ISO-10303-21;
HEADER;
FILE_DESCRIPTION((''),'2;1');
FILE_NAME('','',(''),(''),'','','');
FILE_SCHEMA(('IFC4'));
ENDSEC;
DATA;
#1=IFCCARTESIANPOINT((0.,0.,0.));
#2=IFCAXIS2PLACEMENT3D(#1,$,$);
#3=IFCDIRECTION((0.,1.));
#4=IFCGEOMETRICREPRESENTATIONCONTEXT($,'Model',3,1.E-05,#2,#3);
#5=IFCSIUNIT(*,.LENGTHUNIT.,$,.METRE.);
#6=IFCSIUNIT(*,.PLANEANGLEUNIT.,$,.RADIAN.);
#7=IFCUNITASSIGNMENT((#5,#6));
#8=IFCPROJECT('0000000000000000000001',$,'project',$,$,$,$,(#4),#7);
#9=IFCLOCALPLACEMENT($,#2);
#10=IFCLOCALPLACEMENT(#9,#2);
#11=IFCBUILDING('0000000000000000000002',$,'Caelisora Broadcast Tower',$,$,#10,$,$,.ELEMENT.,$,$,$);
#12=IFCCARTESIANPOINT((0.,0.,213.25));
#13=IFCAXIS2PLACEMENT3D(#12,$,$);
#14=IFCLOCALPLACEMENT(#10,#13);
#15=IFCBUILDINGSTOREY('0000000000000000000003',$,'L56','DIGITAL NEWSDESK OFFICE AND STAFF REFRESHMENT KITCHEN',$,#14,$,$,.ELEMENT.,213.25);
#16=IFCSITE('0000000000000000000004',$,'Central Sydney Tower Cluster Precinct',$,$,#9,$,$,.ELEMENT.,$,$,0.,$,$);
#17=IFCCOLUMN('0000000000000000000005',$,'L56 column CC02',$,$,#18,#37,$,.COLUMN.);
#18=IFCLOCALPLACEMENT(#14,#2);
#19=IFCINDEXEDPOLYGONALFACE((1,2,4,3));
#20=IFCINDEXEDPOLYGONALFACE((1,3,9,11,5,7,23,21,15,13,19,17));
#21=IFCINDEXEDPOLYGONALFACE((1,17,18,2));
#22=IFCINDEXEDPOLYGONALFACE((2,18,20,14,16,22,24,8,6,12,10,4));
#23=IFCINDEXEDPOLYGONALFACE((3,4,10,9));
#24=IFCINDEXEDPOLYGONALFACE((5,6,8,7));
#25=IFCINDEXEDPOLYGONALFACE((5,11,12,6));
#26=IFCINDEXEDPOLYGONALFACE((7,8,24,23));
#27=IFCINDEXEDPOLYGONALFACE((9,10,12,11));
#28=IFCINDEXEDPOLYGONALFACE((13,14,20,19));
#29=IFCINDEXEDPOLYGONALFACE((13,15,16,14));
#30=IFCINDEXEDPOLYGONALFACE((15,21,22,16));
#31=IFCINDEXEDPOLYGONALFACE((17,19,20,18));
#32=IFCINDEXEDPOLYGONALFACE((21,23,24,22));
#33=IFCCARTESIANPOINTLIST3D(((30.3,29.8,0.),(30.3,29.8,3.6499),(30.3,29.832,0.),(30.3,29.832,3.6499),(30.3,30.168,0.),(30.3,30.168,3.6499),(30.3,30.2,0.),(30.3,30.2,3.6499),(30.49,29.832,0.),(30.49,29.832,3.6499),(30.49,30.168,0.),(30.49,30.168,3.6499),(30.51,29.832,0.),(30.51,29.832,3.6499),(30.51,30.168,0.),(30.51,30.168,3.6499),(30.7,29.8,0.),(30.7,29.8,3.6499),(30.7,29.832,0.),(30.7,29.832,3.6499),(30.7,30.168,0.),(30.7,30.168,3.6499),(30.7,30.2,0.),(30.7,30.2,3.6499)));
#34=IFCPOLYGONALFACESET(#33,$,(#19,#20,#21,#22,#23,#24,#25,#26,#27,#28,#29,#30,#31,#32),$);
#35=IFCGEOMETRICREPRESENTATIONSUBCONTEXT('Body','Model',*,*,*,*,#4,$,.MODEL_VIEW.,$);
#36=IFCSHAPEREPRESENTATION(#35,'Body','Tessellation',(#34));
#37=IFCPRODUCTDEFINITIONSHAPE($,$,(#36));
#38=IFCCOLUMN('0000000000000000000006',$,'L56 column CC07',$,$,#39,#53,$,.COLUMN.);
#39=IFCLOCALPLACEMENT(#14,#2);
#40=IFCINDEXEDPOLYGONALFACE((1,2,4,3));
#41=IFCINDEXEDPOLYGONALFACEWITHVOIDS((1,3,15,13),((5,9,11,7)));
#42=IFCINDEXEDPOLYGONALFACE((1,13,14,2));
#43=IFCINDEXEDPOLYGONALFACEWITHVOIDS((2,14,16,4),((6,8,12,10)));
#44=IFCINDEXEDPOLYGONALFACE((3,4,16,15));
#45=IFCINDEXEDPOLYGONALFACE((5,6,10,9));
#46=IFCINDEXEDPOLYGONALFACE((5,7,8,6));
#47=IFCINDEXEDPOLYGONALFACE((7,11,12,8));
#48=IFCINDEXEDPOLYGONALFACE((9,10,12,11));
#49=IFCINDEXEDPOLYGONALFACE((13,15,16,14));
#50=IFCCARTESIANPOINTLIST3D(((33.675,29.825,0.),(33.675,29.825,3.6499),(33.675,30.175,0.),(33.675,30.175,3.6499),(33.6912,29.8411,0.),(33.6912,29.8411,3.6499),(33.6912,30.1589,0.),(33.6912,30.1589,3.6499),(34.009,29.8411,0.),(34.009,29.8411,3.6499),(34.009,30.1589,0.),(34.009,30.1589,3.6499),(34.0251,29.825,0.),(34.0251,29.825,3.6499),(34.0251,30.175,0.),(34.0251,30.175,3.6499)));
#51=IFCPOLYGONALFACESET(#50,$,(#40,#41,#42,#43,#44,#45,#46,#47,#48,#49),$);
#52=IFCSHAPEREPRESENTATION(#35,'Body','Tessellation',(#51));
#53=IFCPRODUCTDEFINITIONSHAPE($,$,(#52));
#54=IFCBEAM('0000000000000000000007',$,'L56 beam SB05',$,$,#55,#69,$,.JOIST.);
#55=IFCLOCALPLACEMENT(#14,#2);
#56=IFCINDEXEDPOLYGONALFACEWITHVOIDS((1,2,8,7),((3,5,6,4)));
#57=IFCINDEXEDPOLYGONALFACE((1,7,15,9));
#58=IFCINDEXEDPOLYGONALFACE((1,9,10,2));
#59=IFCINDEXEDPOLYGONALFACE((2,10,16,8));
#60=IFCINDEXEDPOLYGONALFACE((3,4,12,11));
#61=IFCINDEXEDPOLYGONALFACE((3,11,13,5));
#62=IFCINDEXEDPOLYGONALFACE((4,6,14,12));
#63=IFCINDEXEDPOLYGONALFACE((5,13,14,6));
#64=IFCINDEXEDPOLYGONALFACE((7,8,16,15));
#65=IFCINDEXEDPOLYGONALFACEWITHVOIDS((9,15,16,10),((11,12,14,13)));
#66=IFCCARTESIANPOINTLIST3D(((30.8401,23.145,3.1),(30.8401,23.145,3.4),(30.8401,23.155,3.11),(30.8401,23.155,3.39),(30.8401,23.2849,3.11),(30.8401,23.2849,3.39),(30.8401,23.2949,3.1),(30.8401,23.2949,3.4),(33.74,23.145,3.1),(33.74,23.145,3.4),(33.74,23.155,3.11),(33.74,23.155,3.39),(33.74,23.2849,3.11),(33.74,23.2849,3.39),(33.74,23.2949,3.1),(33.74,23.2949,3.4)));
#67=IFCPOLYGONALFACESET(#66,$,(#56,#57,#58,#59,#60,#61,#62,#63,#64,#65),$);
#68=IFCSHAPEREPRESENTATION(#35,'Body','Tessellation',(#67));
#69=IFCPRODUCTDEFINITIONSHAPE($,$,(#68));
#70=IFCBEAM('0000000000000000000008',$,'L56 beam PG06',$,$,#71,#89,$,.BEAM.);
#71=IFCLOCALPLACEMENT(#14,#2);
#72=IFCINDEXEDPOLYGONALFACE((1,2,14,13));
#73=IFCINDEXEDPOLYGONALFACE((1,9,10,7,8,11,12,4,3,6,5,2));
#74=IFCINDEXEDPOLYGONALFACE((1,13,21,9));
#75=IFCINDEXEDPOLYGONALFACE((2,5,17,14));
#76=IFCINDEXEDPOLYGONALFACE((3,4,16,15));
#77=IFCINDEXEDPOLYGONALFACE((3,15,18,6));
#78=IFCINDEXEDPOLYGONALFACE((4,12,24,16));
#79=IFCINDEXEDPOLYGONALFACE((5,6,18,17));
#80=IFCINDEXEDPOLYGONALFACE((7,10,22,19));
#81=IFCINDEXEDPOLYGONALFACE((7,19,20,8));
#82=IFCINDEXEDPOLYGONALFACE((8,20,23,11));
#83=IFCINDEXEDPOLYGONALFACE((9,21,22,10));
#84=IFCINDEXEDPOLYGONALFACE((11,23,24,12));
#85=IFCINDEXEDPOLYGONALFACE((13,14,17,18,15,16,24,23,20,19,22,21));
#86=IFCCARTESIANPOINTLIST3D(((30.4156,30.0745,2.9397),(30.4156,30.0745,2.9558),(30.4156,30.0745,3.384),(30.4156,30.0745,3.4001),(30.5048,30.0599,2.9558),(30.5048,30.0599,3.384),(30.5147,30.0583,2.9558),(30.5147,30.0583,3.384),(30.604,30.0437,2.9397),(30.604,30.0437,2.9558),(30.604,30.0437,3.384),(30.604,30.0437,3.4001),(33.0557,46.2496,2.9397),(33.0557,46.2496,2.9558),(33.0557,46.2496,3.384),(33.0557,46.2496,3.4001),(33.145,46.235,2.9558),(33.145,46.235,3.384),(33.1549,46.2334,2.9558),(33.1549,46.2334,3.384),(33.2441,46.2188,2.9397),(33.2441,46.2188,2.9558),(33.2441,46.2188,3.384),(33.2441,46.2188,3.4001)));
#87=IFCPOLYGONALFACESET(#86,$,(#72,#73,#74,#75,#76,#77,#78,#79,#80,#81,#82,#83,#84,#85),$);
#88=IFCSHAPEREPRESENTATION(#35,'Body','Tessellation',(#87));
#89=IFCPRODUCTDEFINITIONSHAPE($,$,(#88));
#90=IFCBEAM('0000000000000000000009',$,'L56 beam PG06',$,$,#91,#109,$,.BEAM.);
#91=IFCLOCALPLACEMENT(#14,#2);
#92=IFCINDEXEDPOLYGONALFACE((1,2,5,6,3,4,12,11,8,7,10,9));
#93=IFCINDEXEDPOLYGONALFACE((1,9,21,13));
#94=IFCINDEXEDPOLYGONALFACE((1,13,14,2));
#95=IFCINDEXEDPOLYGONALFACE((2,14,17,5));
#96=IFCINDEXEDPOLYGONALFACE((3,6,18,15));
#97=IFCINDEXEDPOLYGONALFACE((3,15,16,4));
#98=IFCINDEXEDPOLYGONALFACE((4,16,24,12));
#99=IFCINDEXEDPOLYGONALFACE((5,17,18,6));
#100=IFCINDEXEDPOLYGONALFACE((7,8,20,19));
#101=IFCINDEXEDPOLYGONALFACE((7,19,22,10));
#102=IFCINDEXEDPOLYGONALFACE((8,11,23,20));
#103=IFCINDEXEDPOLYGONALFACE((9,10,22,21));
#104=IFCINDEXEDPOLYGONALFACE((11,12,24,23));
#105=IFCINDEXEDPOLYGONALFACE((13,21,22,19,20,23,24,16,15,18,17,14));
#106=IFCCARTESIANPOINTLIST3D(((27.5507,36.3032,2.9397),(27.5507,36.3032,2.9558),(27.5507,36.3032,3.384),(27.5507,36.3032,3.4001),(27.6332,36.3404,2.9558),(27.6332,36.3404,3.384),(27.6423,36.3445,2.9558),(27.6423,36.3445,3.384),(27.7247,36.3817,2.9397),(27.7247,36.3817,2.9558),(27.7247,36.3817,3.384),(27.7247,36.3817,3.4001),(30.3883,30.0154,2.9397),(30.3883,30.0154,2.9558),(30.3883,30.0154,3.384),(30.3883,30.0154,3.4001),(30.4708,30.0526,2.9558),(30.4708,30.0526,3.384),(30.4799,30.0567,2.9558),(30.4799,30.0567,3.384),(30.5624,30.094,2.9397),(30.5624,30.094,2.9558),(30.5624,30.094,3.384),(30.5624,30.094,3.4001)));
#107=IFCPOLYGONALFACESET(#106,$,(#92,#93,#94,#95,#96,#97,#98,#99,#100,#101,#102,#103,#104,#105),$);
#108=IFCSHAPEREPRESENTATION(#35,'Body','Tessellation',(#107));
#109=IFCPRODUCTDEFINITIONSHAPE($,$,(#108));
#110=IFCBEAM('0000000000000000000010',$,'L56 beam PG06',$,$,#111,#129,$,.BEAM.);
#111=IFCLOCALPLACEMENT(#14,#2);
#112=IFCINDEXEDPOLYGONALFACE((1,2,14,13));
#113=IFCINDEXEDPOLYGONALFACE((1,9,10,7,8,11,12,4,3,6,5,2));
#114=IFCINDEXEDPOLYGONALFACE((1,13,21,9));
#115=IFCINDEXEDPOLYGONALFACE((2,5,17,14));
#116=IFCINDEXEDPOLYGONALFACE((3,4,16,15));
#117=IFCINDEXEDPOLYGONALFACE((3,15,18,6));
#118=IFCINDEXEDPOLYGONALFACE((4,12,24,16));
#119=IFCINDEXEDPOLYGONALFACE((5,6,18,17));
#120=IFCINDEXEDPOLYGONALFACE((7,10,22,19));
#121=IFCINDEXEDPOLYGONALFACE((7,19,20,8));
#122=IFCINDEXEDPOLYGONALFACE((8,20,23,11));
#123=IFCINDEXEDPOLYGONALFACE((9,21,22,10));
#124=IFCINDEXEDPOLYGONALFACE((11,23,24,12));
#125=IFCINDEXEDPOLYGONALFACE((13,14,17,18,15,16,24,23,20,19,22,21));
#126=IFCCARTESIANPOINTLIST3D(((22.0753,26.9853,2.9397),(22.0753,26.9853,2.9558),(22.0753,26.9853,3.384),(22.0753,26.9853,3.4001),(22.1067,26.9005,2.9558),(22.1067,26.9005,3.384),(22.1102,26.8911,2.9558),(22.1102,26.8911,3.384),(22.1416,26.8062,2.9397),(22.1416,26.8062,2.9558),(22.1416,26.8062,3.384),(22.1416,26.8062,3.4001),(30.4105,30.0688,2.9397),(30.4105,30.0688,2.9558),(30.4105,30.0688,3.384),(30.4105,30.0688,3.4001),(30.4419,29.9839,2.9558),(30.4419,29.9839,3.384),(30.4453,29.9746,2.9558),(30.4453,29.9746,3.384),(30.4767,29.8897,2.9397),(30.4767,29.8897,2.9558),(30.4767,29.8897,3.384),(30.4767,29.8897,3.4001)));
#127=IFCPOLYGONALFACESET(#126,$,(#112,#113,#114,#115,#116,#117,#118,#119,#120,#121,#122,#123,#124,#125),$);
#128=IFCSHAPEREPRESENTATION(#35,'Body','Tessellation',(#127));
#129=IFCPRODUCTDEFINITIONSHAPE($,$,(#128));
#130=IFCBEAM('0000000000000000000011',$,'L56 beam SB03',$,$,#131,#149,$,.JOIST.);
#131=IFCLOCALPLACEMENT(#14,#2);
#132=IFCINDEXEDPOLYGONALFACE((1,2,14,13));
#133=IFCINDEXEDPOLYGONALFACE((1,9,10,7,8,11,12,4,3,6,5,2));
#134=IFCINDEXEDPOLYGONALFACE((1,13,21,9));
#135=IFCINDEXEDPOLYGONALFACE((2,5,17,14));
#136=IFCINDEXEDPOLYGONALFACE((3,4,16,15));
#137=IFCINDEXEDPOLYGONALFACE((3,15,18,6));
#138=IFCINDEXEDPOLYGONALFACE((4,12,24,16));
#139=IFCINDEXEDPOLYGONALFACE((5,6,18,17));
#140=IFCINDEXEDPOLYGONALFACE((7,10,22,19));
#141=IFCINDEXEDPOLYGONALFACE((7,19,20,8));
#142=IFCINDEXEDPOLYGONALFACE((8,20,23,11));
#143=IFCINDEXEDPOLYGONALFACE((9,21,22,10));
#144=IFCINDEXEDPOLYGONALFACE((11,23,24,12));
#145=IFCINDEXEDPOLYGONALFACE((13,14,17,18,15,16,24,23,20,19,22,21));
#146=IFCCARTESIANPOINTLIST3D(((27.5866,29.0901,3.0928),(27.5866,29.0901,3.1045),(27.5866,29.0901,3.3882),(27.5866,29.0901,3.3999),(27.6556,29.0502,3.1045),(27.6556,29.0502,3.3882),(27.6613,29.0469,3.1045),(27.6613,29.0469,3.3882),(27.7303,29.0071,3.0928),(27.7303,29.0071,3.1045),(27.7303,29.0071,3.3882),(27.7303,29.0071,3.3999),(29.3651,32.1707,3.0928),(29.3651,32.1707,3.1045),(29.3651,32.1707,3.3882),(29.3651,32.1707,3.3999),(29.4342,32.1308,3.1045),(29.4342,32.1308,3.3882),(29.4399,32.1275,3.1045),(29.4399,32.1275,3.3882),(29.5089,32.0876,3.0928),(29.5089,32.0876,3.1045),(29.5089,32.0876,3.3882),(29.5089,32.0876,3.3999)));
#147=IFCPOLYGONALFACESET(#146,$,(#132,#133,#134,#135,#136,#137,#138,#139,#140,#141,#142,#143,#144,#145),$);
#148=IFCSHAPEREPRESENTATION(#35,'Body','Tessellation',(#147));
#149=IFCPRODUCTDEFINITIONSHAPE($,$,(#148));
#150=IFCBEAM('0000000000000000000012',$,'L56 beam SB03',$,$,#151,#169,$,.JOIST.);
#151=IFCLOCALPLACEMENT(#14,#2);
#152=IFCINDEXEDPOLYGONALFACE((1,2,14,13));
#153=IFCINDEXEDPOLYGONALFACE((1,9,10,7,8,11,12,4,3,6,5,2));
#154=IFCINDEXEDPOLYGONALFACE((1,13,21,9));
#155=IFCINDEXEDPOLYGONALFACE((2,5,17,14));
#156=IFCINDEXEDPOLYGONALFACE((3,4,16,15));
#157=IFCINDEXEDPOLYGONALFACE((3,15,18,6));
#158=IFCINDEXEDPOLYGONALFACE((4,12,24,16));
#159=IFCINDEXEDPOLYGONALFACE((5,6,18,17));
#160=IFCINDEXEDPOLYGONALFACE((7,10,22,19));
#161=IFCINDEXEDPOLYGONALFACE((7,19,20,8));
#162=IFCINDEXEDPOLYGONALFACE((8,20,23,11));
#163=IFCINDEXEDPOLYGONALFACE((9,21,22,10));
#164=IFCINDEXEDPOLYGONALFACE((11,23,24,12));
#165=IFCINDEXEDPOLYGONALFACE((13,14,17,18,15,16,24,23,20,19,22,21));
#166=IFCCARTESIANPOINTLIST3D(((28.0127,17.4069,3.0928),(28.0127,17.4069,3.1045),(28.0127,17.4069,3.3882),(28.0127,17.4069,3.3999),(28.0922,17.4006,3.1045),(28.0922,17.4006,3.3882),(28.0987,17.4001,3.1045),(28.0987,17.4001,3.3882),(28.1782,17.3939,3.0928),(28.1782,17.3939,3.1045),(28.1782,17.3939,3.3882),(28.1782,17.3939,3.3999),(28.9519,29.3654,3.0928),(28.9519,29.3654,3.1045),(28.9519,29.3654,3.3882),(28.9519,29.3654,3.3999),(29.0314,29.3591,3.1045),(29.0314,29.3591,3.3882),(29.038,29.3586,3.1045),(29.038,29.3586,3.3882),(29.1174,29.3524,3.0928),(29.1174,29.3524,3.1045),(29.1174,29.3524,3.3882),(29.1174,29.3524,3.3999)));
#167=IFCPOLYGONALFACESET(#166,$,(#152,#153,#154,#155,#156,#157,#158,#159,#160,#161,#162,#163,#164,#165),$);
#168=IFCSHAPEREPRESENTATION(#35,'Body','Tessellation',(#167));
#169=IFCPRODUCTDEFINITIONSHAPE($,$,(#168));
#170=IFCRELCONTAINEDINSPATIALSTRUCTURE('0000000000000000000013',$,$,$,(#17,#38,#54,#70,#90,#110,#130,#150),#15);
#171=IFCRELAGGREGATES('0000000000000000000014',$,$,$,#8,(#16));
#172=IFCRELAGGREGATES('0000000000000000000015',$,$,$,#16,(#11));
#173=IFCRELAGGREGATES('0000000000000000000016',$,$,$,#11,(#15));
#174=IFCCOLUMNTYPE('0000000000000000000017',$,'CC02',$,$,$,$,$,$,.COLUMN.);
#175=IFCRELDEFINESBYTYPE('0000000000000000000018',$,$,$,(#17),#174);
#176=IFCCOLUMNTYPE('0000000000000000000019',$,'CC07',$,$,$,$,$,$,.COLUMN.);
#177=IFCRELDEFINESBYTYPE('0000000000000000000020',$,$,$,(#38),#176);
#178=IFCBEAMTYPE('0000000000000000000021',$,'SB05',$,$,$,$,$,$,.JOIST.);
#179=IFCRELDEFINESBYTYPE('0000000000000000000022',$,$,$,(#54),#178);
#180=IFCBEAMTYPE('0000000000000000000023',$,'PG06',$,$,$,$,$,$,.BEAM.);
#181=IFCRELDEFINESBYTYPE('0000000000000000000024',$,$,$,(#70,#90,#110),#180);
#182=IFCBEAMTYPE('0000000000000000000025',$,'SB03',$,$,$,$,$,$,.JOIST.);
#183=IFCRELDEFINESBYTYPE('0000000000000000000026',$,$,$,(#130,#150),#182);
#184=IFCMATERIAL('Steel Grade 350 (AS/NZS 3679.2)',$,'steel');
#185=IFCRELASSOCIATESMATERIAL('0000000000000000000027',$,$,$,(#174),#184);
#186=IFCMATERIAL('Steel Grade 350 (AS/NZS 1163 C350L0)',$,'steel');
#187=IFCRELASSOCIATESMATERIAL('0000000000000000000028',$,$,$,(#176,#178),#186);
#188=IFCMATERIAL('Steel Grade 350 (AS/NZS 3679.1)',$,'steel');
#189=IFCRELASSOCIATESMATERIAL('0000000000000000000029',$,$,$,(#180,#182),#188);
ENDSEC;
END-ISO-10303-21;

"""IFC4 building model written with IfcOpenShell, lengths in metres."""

from ifc_helpers import new_model, si_unit, direction, frame, origin, origin_2d, place, context, subcontext, project, spatial, hollow_rectangle, i_section, extrude, source, transform, mapped, material, material_profile, profile_set, type_object, type_shapes, element, save


model = new_model("IFC4")

# Units and contexts
model_context = context("Model", 3, precision=1e-05, world=origin(), true_north=direction((0.0, 1.0)))
body_context = subcontext(model_context, "Body", "Model", "MODEL_VIEW")
ifc_project = project(units=[si_unit("LENGTHUNIT", "METRE"), si_unit("PLANEANGLEUNIT", "RADIAN")], contexts=[model_context])

# Site, building, storey
site_placement = place(None, origin())
site = spatial("IfcSite", under=ifc_project, at=site_placement, Name="Central Sydney Tower Cluster Precinct", CompositionType="ELEMENT", RefElevation=0.0)
building_placement = place(site_placement, origin())
building = spatial("IfcBuilding", under=site, at=building_placement, Name="Caelisora Broadcast Tower", CompositionType="ELEMENT")
storey_placement = place(building_placement, frame((0.0, 0.0, 213.25)))
storey = spatial("IfcBuildingStorey", under=building, at=storey_placement, Name="L56", Description="DIGITAL NEWSDESK OFFICE AND STAFF REFRESHMENT KITCHEN", CompositionType="ELEMENT", Elevation=213.25)

# Columns
ifc_material_1 = material(Name="Steel Grade 350 (AS/NZS 3679.2)", Category="steel")
ifc_material_profile_1 = material_profile(ifc_material_1, i_section(OverallWidth=0.3999, OverallDepth=0.3999, WebThickness=0.02, FlangeThickness=0.032, at=origin_2d()), Name="Steel Grade 350 (AS/NZS 3679.2)")
ifc_profile_set_1 = profile_set([ifc_material_profile_1], Name="Steel Grade 350 (AS/NZS 3679.2)")
column_type_1 = type_object("IfcColumnType", Name="CC02", PredefinedType="COLUMN", material=ifc_profile_set_1)
shared_shape_1 = source(origin(), body_context, "Body", "SweptSolid", [
    extrude(i_section(OverallWidth=0.3999, OverallDepth=0.3999, WebThickness=0.02, FlangeThickness=0.032, at=origin_2d()), origin(), (0.0, 0.0, 1.0), 3.6499),
])
type_shapes(column_type_1, [shared_shape_1])
column_1_placement = place(storey_placement, frame((30.5, 30.0, 0.0), z_axis=(0.0, 0.0, 1.0), x_axis=(1.0, 0.0, 0.0)))
element("IfcColumn", 1, at=column_1_placement, inside=storey, type_object=column_type_1, Name="L56 column CC02", PredefinedType="COLUMN", context=body_context, shape_type="MappedRepresentation", body=[
    mapped(shared_shape_1, transform((0.0, 0.0, 0.0), scale=1.0)),
])
ifc_material_2 = material(Name="Steel Grade 350 (AS/NZS 1163 C350L0)", Category="steel")
ifc_material_profile_2 = material_profile(ifc_material_2, hollow_rectangle(XDim=0.3501, YDim=0.3501, WallThickness=0.0161, at=origin_2d()), Name="Steel Grade 350 (AS/NZS 1163 C350L0)")
ifc_profile_set_2 = profile_set([ifc_material_profile_2], Name="Steel Grade 350 (AS/NZS 1163 C350L0)")
column_type_2 = type_object("IfcColumnType", Name="CC07", PredefinedType="COLUMN", material=ifc_profile_set_2)
shared_shape_2 = source(origin(), body_context, "Body", "SweptSolid", [
    extrude(hollow_rectangle(XDim=0.3501, YDim=0.3501, WallThickness=0.0161, at=origin_2d()), origin(), (0.0, 0.0, 1.0), 3.6499),
])
type_shapes(column_type_2, [shared_shape_2])
column_2_placement = place(storey_placement, frame((33.8501, 30.0, 0.0), z_axis=(0.0, 0.0, 1.0), x_axis=(1.0, 0.0, 0.0)))
element("IfcColumn", 2, at=column_2_placement, inside=storey, type_object=column_type_2, Name="L56 column CC07", PredefinedType="COLUMN", context=body_context, shape_type="MappedRepresentation", body=[
    mapped(shared_shape_2, transform((0.0, 0.0, 0.0), scale=1.0)),
])

# Beams
ifc_material_profile_3 = material_profile(ifc_material_2, hollow_rectangle(XDim=0.1499, YDim=0.3, WallThickness=0.01, at=origin_2d()), Name="Steel Grade 350 (AS/NZS 1163 C350L0)")
ifc_profile_set_3 = profile_set([ifc_material_profile_3], Name="Steel Grade 350 (AS/NZS 1163 C350L0)")
beam_type_1 = type_object("IfcBeamType", Name="SB05", PredefinedType="JOIST", material=ifc_profile_set_3)
shared_shape_3 = source(origin(), body_context, "Body", "SweptSolid", [
    extrude(hollow_rectangle(XDim=0.1499, YDim=0.3, WallThickness=0.01, at=origin_2d()), origin(), (0.0, 0.0, 1.0), 2.8999),
])
type_shapes(beam_type_1, [shared_shape_3])
beam_1_placement = place(storey_placement, frame((30.8401, 23.22, 3.25), z_axis=(1.0, 0.0, 0.0), x_axis=(0.0, 1.0, 0.0)))
element("IfcBeam", 3, at=beam_1_placement, inside=storey, type_object=beam_type_1, Name="L56 beam SB05", PredefinedType="JOIST", context=body_context, shape_type="MappedRepresentation", body=[
    mapped(shared_shape_3, transform((0.0, 0.0, 0.0), scale=1.0)),
])
ifc_material_3 = material(Name="Steel Grade 350 (AS/NZS 3679.1)", Category="steel")
ifc_material_profile_4 = material_profile(ifc_material_3, i_section(OverallWidth=0.1909, OverallDepth=0.4604, WebThickness=0.01, FlangeThickness=0.0161, at=origin_2d()), Name="Steel Grade 350 (AS/NZS 3679.1)")
ifc_profile_set_4 = profile_set([ifc_material_profile_4], Name="Steel Grade 350 (AS/NZS 3679.1)")
beam_type_2 = type_object("IfcBeamType", Name="PG06", PredefinedType="BEAM", material=ifc_profile_set_4)
shared_shape_4 = source(origin(), body_context, "Body", "SweptSolid", [
    extrude(i_section(OverallWidth=0.1909, OverallDepth=0.4604, WebThickness=0.01, FlangeThickness=0.0161, at=origin_2d()), origin(), (0.0, 0.0, 1.0), 16.3892),
])
beam_2_placement = place(storey_placement, frame((30.5098, 30.0591, 3.1699), z_axis=(0.161091, 0.98694, 0.0), x_axis=(-0.98694, 0.161091, 0.0)))
element("IfcBeam", 4, at=beam_2_placement, inside=storey, type_object=beam_type_2, Name="L56 beam PG06", PredefinedType="BEAM", context=body_context, shape_type="MappedRepresentation", body=[
    mapped(shared_shape_4, transform((0.0, 0.0, 0.0), scale=1.0)),
])
shared_shape_5 = source(origin(), body_context, "Body", "SweptSolid", [
    extrude(i_section(OverallWidth=0.1909, OverallDepth=0.4604, WebThickness=0.01, FlangeThickness=0.0161, at=origin_2d()), origin(), (0.0, 0.0, 1.0), 6.8984),
])
beam_3_placement = place(storey_placement, frame((30.4753, 30.0547, 3.1699), z_axis=(-0.411343, 0.911481, 0.0), x_axis=(-0.911481, -0.411343, 0.0)))
element("IfcBeam", 5, at=beam_3_placement, inside=storey, type_object=beam_type_2, Name="L56 beam PG06", PredefinedType="BEAM", context=body_context, shape_type="MappedRepresentation", body=[
    mapped(shared_shape_5, transform((0.0, 0.0, 0.0), scale=1.0)),
])
shared_shape_6 = source(origin(), body_context, "Body", "SweptSolid", [
    extrude(i_section(OverallWidth=0.1909, OverallDepth=0.4604, WebThickness=0.01, FlangeThickness=0.0161, at=origin_2d()), origin(), (0.0, 0.0, 1.0), 8.8872),
])
type_shapes(beam_type_2, [shared_shape_4, shared_shape_5, shared_shape_6])
beam_4_placement = place(storey_placement, frame((30.4436, 29.9792, 3.1699), z_axis=(-0.937881, -0.346956, 0.0), x_axis=(0.346956, -0.937881, 0.0)))
element("IfcBeam", 6, at=beam_4_placement, inside=storey, type_object=beam_type_2, Name="L56 beam PG06", PredefinedType="BEAM", context=body_context, shape_type="MappedRepresentation", body=[
    mapped(shared_shape_6, transform((0.0, 0.0, 0.0), scale=1.0)),
])
ifc_material_profile_5 = material_profile(ifc_material_3, i_section(OverallWidth=0.166, OverallDepth=0.3071, WebThickness=0.0066, FlangeThickness=0.0117, at=origin_2d()), Name="Steel Grade 350 (AS/NZS 3679.1)")
ifc_profile_set_5 = profile_set([ifc_material_profile_5], Name="Steel Grade 350 (AS/NZS 3679.1)")
beam_type_3 = type_object("IfcBeamType", Name="SB03", PredefinedType="JOIST", material=ifc_profile_set_5)
shared_shape_7 = source(origin(), body_context, "Body", "SweptSolid", [
    extrude(i_section(OverallWidth=0.166, OverallDepth=0.3071, WebThickness=0.0066, FlangeThickness=0.0117, at=origin_2d()), origin(), (0.0, 0.0, 1.0), 3.5571),
])
beam_5_placement = place(storey_placement, frame((29.437, 32.1292, 3.2463), z_axis=(-0.5, -0.866026, 0.0), x_axis=(0.866026, -0.5, 0.0)))
element("IfcBeam", 7, at=beam_5_placement, inside=storey, type_object=beam_type_3, Name="L56 beam SB03", PredefinedType="JOIST", context=body_context, shape_type="MappedRepresentation", body=[
    mapped(shared_shape_7, transform((0.0, 0.0, 0.0), scale=1.0)),
])
shared_shape_8 = source(origin(), body_context, "Body", "SweptSolid", [
    extrude(i_section(OverallWidth=0.166, OverallDepth=0.3071, WebThickness=0.0066, FlangeThickness=0.0117, at=origin_2d()), origin(), (0.0, 0.0, 1.0), 11.9954),
])
beam_6_placement = place(storey_placement, frame((29.0347, 29.3589, 3.2463), z_axis=(-0.078298, -0.99693, 0.0), x_axis=(0.99693, -0.078298, 0.0)))
element("IfcBeam", 8, at=beam_6_placement, inside=storey, type_object=beam_type_3, Name="L56 beam SB03", PredefinedType="JOIST", context=body_context, shape_type="MappedRepresentation", body=[
    mapped(shared_shape_8, transform((0.0, 0.0, 0.0), scale=1.0)),
])

save(model, "model.ifc")
